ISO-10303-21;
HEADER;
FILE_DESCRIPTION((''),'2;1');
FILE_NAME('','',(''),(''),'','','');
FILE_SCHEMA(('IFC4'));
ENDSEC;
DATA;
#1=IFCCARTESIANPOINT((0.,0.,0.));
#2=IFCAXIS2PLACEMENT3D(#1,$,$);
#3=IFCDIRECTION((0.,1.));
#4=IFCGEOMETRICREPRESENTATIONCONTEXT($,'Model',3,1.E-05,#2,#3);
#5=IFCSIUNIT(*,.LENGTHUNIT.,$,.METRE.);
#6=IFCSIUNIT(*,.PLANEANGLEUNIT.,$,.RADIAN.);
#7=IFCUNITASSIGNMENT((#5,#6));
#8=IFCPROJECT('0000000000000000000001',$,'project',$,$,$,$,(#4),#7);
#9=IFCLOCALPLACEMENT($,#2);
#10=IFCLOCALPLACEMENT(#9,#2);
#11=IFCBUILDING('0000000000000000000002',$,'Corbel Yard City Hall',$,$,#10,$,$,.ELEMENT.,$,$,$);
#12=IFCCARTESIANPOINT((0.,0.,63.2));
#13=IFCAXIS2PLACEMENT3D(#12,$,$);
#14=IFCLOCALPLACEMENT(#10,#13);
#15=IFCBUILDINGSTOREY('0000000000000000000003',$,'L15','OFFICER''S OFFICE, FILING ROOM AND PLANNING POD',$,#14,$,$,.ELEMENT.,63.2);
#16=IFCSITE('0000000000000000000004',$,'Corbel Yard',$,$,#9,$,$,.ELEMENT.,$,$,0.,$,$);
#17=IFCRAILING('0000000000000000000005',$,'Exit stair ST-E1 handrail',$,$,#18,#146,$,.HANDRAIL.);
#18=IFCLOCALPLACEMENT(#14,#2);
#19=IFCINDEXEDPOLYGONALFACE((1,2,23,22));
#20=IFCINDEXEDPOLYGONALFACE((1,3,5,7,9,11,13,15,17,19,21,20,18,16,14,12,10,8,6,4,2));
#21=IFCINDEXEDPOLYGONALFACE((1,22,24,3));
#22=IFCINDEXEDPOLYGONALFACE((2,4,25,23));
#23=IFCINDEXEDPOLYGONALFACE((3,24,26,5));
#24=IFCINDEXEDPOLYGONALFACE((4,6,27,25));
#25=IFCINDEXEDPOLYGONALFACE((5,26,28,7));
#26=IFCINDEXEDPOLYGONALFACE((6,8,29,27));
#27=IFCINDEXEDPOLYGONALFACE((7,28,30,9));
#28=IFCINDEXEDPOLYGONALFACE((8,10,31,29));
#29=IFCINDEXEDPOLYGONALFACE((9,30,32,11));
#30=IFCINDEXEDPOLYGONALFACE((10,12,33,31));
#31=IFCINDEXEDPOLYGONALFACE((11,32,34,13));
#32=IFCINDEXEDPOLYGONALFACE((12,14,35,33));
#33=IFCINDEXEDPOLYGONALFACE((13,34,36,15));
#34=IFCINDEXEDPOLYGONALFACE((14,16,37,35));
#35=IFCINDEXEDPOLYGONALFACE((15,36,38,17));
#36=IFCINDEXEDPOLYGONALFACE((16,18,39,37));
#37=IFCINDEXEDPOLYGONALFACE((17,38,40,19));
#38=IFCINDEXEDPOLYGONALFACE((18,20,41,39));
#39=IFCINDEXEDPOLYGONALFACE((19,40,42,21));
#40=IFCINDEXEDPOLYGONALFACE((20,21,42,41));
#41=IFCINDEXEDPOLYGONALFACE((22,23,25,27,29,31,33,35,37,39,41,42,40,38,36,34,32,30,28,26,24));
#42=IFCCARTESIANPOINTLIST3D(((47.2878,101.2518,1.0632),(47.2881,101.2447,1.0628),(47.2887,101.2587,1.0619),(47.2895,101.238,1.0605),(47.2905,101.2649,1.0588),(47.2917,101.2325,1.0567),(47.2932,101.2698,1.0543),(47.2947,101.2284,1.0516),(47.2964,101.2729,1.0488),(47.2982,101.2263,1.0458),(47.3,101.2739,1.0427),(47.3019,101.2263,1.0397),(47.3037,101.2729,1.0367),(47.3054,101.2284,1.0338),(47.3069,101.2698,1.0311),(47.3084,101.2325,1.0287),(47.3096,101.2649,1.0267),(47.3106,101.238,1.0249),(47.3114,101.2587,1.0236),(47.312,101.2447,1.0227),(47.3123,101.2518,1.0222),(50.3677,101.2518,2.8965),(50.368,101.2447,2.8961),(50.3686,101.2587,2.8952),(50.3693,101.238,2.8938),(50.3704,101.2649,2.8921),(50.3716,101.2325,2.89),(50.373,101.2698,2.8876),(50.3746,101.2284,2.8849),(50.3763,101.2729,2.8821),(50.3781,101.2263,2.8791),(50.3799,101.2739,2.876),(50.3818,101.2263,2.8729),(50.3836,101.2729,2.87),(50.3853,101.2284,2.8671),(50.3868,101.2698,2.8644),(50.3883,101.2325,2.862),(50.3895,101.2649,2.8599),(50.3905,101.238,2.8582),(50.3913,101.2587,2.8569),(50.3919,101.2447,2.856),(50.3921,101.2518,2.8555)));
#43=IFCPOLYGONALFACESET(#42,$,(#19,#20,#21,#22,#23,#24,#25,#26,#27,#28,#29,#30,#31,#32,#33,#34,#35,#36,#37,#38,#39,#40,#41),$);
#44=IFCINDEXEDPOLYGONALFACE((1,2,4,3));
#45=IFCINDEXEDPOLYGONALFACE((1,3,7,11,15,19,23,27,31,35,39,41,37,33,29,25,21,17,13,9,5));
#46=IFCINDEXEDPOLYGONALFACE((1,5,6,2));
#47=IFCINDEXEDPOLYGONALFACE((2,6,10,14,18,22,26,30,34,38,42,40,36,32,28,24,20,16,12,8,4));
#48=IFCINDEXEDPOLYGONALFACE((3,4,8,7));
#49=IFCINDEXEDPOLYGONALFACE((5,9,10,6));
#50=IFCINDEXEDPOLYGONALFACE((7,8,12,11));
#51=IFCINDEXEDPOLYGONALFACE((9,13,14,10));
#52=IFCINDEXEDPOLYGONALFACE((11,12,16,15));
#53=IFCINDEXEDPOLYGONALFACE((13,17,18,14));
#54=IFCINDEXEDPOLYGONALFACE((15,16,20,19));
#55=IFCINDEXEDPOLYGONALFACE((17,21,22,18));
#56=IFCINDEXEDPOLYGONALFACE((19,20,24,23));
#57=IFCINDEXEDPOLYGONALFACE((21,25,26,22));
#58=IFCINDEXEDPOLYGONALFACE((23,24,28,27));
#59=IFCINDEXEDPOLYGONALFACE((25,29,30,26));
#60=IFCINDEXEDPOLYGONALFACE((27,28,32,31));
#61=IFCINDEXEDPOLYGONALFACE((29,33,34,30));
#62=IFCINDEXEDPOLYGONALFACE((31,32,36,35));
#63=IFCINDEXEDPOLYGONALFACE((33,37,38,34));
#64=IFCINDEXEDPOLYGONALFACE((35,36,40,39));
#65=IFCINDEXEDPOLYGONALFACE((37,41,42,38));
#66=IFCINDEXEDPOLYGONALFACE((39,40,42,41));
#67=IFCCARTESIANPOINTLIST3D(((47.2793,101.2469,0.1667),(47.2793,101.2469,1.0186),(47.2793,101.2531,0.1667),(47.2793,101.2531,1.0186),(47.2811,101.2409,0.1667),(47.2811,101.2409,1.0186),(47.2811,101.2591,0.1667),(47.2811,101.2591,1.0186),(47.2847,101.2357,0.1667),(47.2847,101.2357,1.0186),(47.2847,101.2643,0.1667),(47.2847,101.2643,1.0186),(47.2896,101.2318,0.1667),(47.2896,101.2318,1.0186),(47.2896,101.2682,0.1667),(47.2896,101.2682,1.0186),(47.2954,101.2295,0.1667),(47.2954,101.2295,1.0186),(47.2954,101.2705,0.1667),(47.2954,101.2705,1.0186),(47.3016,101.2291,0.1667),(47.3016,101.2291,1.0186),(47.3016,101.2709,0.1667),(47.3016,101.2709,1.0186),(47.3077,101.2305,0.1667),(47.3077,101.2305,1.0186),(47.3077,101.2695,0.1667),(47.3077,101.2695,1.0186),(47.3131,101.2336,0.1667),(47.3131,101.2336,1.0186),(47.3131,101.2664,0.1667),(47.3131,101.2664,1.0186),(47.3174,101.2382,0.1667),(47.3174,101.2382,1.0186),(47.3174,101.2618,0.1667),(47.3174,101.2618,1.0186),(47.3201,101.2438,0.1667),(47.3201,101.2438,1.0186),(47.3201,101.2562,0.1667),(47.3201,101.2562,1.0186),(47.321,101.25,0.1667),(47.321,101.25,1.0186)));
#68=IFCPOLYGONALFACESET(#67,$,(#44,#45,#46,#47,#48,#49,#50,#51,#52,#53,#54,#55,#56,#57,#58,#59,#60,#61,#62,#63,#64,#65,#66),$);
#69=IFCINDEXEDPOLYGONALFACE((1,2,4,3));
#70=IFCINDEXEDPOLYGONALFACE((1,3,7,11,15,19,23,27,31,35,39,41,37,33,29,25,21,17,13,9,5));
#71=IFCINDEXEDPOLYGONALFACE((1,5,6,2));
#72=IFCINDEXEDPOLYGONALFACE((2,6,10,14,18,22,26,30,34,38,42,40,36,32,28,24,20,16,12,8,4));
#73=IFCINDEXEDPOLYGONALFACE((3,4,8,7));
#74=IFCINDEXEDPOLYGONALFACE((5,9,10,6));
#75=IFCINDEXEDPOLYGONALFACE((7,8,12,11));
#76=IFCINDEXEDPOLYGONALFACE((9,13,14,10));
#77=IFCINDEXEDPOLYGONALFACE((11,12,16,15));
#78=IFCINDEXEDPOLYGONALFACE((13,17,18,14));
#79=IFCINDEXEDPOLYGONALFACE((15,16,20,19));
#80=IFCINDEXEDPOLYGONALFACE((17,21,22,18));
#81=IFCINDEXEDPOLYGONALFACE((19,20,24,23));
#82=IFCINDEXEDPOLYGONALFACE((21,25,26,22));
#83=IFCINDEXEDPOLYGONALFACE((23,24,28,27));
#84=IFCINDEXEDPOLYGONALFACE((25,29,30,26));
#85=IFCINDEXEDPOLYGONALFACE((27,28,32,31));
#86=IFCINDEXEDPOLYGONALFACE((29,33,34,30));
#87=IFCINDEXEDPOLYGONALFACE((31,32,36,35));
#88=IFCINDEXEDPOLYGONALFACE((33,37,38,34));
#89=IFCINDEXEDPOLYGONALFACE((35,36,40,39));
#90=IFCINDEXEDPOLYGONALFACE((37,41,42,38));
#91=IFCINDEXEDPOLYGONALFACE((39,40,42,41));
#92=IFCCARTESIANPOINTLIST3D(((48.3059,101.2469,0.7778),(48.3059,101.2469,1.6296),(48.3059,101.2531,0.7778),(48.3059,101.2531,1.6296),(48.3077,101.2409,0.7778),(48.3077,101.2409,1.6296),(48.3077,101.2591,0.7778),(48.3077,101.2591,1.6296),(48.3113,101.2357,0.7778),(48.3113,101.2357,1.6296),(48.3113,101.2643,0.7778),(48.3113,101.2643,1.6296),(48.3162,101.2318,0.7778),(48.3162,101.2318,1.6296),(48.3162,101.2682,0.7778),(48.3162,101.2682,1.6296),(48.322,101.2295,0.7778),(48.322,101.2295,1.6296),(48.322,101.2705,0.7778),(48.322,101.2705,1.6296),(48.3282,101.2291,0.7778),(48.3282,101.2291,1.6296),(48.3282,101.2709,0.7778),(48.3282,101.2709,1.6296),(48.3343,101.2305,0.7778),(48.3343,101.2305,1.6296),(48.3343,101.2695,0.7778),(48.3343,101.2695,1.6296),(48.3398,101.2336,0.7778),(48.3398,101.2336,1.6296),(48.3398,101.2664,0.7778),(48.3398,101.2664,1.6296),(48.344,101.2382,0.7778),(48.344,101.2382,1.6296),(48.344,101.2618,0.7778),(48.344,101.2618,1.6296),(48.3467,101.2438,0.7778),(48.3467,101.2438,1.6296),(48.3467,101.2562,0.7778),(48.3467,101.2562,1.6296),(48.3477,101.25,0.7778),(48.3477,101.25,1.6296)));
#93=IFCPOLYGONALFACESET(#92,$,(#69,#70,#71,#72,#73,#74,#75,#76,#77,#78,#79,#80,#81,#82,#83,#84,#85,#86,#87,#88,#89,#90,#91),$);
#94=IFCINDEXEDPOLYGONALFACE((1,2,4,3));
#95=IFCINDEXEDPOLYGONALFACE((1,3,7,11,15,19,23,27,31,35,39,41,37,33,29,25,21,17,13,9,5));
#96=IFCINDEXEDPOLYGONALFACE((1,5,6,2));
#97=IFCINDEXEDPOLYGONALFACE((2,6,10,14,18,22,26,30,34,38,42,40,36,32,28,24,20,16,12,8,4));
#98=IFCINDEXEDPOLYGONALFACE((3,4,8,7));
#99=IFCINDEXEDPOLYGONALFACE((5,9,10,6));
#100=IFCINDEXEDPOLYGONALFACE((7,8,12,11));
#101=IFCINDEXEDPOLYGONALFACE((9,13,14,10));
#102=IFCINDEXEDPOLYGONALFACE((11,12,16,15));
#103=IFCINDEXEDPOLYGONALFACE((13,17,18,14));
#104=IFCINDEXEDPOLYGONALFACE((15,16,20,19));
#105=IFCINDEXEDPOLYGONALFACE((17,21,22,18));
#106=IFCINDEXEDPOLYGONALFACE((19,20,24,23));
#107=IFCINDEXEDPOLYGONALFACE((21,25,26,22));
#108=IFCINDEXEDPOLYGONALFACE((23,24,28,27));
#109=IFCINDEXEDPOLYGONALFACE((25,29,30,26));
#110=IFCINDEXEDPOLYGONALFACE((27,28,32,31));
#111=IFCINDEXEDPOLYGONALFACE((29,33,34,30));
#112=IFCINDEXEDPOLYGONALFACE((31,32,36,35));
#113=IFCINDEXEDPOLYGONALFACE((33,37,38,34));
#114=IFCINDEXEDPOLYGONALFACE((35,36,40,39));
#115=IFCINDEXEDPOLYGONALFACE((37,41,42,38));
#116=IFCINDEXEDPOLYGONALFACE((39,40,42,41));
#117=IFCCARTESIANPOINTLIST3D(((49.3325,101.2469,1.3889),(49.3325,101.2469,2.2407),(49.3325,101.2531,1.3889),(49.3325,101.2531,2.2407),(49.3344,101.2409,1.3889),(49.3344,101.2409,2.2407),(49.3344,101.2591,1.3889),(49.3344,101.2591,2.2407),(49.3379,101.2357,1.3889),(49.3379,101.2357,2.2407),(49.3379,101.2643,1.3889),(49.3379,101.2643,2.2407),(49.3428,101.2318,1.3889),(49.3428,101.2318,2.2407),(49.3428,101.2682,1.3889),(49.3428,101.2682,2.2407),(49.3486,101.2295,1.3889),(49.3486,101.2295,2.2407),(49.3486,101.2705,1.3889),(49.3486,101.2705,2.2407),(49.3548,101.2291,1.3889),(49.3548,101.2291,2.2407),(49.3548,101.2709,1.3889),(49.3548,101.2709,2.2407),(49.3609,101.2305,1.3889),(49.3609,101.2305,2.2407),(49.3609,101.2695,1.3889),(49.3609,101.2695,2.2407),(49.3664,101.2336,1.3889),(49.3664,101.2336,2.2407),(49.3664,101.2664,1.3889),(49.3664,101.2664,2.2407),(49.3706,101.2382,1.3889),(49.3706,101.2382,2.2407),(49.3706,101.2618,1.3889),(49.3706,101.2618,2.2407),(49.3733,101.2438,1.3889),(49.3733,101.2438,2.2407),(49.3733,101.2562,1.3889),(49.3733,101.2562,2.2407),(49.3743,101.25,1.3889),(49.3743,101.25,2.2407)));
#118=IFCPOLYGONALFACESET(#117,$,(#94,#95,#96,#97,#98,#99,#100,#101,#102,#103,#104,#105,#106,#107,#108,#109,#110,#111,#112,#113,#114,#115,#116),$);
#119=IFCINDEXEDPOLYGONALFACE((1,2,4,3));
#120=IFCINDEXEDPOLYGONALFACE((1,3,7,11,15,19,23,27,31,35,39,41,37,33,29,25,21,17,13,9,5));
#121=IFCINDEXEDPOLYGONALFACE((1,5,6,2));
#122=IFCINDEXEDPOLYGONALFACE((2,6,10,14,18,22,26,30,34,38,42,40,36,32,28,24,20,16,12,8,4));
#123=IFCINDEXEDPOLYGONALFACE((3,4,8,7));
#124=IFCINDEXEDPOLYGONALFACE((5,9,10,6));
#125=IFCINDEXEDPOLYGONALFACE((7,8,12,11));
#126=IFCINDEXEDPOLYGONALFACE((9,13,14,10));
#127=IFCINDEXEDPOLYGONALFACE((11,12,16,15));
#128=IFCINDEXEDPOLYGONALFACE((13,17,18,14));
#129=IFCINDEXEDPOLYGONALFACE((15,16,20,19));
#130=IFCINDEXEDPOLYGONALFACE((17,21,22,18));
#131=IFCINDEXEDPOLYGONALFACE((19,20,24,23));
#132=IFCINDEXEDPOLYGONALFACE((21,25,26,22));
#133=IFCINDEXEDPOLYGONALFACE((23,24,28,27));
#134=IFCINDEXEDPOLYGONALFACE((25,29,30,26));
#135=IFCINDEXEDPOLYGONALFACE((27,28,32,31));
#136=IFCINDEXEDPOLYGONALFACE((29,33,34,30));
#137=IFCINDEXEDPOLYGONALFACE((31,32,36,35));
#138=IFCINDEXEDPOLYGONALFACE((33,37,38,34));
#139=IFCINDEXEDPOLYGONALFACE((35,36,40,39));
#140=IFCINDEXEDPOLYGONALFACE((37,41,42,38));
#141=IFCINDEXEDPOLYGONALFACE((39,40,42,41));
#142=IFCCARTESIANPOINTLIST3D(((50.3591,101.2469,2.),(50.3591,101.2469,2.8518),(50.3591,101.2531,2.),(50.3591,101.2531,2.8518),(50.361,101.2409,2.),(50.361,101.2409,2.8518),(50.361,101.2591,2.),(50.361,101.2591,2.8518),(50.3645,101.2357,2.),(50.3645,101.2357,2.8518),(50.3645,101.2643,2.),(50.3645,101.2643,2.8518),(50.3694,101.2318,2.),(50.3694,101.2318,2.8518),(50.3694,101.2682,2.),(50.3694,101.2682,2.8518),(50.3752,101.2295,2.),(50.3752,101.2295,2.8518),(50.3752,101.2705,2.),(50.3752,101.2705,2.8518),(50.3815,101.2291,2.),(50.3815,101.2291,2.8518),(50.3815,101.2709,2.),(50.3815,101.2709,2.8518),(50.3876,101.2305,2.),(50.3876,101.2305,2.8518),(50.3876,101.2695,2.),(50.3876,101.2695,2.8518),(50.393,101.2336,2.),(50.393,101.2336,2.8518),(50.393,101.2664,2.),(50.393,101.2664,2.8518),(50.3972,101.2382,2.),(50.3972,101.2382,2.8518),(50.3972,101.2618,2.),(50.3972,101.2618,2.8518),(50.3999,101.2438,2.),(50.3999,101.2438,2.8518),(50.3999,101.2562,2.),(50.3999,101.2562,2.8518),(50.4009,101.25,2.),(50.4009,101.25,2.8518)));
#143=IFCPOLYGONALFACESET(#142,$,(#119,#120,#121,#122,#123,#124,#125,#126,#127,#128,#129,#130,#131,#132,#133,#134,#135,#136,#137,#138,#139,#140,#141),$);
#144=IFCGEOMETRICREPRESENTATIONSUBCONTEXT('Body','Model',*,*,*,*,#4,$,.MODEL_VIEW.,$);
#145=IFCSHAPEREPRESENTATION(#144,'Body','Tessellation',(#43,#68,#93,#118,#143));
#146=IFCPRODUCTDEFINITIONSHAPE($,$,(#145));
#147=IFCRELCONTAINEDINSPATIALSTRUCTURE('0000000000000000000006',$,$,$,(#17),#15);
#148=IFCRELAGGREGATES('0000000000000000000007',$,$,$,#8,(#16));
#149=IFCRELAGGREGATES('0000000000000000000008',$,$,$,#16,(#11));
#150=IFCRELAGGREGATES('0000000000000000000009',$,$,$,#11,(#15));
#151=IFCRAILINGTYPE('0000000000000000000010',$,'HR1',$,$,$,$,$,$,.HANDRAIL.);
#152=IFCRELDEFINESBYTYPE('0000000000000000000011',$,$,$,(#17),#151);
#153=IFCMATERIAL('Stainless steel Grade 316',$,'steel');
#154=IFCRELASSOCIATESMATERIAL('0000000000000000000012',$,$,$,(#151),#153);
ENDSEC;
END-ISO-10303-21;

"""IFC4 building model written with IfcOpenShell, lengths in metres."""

from ifc_helpers import new_model, si_unit, direction, frame, origin, origin_2d, place, context, subcontext, project, spatial, circle, extrude, material, type_object, element, save


model = new_model("IFC4")

# Units and contexts
model_context = context("Model", 3, precision=1e-05, world=origin(), true_north=direction((0.0, 1.0)))
body_context = subcontext(model_context, "Body", "Model", "MODEL_VIEW")
ifc_project = project(units=[si_unit("LENGTHUNIT", "METRE"), si_unit("PLANEANGLEUNIT", "RADIAN")], contexts=[model_context])

# Site, building, storey
site_placement = place(None, origin())
site = spatial("IfcSite", under=ifc_project, at=site_placement, Name="Corbel Yard", CompositionType="ELEMENT", RefElevation=0.0)
building_placement = place(site_placement, origin())
building = spatial("IfcBuilding", under=site, at=building_placement, Name="Corbel Yard City Hall", CompositionType="ELEMENT")
storey_placement = place(building_placement, frame((0.0, 0.0, 63.2)))
storey = spatial("IfcBuildingStorey", under=building, at=storey_placement, Name="L15", Description="OFFICER'S OFFICE, FILING ROOM AND PLANNING POD", CompositionType="ELEMENT", Elevation=63.2)

# Railing
ifc_material_1 = material(Name="Stainless steel Grade 316", Category="steel")
railing_type = type_object("IfcRailingType", Name="HR1", PredefinedType="HANDRAIL", material=ifc_material_1)
for number, where, name in (
    (1, (47.3, 101.25, 0.1667), "Exit stair ST-E1 handrail"),
):
    element("IfcRailing", number, at=place(storey_placement, frame(where)), inside=storey, type_object=railing_type, Name=name, PredefinedType="HANDRAIL", context=body_context, shape_type="SweptSolid", body=[
        extrude(circle(Radius=0.0239, at=origin_2d()), frame((0.0, 0.0, 0.876), z_axis=(0.859291, 0.0, 0.511487), x_axis=(0.0, 1.0, 0.0)), (0.0, 0.0, 1.0), 3.5842),
        extrude(circle(Radius=0.021, at=origin_2d()), origin(), (0.0, 0.0, 1.0), 0.8518),
        extrude(circle(Radius=0.021, at=origin_2d()), frame((1.0266, 0.0, 0.6111)), (0.0, 0.0, 1.0), 0.8518),
        extrude(circle(Radius=0.021, at=origin_2d()), frame((2.0532, 0.0, 1.2222)), (0.0, 0.0, 1.0), 0.8518),
        extrude(circle(Radius=0.021, at=origin_2d()), frame((3.0798, 0.0, 1.8333)), (0.0, 0.0, 1.0), 0.8518),
    ])

save(model, "model.ifc")
